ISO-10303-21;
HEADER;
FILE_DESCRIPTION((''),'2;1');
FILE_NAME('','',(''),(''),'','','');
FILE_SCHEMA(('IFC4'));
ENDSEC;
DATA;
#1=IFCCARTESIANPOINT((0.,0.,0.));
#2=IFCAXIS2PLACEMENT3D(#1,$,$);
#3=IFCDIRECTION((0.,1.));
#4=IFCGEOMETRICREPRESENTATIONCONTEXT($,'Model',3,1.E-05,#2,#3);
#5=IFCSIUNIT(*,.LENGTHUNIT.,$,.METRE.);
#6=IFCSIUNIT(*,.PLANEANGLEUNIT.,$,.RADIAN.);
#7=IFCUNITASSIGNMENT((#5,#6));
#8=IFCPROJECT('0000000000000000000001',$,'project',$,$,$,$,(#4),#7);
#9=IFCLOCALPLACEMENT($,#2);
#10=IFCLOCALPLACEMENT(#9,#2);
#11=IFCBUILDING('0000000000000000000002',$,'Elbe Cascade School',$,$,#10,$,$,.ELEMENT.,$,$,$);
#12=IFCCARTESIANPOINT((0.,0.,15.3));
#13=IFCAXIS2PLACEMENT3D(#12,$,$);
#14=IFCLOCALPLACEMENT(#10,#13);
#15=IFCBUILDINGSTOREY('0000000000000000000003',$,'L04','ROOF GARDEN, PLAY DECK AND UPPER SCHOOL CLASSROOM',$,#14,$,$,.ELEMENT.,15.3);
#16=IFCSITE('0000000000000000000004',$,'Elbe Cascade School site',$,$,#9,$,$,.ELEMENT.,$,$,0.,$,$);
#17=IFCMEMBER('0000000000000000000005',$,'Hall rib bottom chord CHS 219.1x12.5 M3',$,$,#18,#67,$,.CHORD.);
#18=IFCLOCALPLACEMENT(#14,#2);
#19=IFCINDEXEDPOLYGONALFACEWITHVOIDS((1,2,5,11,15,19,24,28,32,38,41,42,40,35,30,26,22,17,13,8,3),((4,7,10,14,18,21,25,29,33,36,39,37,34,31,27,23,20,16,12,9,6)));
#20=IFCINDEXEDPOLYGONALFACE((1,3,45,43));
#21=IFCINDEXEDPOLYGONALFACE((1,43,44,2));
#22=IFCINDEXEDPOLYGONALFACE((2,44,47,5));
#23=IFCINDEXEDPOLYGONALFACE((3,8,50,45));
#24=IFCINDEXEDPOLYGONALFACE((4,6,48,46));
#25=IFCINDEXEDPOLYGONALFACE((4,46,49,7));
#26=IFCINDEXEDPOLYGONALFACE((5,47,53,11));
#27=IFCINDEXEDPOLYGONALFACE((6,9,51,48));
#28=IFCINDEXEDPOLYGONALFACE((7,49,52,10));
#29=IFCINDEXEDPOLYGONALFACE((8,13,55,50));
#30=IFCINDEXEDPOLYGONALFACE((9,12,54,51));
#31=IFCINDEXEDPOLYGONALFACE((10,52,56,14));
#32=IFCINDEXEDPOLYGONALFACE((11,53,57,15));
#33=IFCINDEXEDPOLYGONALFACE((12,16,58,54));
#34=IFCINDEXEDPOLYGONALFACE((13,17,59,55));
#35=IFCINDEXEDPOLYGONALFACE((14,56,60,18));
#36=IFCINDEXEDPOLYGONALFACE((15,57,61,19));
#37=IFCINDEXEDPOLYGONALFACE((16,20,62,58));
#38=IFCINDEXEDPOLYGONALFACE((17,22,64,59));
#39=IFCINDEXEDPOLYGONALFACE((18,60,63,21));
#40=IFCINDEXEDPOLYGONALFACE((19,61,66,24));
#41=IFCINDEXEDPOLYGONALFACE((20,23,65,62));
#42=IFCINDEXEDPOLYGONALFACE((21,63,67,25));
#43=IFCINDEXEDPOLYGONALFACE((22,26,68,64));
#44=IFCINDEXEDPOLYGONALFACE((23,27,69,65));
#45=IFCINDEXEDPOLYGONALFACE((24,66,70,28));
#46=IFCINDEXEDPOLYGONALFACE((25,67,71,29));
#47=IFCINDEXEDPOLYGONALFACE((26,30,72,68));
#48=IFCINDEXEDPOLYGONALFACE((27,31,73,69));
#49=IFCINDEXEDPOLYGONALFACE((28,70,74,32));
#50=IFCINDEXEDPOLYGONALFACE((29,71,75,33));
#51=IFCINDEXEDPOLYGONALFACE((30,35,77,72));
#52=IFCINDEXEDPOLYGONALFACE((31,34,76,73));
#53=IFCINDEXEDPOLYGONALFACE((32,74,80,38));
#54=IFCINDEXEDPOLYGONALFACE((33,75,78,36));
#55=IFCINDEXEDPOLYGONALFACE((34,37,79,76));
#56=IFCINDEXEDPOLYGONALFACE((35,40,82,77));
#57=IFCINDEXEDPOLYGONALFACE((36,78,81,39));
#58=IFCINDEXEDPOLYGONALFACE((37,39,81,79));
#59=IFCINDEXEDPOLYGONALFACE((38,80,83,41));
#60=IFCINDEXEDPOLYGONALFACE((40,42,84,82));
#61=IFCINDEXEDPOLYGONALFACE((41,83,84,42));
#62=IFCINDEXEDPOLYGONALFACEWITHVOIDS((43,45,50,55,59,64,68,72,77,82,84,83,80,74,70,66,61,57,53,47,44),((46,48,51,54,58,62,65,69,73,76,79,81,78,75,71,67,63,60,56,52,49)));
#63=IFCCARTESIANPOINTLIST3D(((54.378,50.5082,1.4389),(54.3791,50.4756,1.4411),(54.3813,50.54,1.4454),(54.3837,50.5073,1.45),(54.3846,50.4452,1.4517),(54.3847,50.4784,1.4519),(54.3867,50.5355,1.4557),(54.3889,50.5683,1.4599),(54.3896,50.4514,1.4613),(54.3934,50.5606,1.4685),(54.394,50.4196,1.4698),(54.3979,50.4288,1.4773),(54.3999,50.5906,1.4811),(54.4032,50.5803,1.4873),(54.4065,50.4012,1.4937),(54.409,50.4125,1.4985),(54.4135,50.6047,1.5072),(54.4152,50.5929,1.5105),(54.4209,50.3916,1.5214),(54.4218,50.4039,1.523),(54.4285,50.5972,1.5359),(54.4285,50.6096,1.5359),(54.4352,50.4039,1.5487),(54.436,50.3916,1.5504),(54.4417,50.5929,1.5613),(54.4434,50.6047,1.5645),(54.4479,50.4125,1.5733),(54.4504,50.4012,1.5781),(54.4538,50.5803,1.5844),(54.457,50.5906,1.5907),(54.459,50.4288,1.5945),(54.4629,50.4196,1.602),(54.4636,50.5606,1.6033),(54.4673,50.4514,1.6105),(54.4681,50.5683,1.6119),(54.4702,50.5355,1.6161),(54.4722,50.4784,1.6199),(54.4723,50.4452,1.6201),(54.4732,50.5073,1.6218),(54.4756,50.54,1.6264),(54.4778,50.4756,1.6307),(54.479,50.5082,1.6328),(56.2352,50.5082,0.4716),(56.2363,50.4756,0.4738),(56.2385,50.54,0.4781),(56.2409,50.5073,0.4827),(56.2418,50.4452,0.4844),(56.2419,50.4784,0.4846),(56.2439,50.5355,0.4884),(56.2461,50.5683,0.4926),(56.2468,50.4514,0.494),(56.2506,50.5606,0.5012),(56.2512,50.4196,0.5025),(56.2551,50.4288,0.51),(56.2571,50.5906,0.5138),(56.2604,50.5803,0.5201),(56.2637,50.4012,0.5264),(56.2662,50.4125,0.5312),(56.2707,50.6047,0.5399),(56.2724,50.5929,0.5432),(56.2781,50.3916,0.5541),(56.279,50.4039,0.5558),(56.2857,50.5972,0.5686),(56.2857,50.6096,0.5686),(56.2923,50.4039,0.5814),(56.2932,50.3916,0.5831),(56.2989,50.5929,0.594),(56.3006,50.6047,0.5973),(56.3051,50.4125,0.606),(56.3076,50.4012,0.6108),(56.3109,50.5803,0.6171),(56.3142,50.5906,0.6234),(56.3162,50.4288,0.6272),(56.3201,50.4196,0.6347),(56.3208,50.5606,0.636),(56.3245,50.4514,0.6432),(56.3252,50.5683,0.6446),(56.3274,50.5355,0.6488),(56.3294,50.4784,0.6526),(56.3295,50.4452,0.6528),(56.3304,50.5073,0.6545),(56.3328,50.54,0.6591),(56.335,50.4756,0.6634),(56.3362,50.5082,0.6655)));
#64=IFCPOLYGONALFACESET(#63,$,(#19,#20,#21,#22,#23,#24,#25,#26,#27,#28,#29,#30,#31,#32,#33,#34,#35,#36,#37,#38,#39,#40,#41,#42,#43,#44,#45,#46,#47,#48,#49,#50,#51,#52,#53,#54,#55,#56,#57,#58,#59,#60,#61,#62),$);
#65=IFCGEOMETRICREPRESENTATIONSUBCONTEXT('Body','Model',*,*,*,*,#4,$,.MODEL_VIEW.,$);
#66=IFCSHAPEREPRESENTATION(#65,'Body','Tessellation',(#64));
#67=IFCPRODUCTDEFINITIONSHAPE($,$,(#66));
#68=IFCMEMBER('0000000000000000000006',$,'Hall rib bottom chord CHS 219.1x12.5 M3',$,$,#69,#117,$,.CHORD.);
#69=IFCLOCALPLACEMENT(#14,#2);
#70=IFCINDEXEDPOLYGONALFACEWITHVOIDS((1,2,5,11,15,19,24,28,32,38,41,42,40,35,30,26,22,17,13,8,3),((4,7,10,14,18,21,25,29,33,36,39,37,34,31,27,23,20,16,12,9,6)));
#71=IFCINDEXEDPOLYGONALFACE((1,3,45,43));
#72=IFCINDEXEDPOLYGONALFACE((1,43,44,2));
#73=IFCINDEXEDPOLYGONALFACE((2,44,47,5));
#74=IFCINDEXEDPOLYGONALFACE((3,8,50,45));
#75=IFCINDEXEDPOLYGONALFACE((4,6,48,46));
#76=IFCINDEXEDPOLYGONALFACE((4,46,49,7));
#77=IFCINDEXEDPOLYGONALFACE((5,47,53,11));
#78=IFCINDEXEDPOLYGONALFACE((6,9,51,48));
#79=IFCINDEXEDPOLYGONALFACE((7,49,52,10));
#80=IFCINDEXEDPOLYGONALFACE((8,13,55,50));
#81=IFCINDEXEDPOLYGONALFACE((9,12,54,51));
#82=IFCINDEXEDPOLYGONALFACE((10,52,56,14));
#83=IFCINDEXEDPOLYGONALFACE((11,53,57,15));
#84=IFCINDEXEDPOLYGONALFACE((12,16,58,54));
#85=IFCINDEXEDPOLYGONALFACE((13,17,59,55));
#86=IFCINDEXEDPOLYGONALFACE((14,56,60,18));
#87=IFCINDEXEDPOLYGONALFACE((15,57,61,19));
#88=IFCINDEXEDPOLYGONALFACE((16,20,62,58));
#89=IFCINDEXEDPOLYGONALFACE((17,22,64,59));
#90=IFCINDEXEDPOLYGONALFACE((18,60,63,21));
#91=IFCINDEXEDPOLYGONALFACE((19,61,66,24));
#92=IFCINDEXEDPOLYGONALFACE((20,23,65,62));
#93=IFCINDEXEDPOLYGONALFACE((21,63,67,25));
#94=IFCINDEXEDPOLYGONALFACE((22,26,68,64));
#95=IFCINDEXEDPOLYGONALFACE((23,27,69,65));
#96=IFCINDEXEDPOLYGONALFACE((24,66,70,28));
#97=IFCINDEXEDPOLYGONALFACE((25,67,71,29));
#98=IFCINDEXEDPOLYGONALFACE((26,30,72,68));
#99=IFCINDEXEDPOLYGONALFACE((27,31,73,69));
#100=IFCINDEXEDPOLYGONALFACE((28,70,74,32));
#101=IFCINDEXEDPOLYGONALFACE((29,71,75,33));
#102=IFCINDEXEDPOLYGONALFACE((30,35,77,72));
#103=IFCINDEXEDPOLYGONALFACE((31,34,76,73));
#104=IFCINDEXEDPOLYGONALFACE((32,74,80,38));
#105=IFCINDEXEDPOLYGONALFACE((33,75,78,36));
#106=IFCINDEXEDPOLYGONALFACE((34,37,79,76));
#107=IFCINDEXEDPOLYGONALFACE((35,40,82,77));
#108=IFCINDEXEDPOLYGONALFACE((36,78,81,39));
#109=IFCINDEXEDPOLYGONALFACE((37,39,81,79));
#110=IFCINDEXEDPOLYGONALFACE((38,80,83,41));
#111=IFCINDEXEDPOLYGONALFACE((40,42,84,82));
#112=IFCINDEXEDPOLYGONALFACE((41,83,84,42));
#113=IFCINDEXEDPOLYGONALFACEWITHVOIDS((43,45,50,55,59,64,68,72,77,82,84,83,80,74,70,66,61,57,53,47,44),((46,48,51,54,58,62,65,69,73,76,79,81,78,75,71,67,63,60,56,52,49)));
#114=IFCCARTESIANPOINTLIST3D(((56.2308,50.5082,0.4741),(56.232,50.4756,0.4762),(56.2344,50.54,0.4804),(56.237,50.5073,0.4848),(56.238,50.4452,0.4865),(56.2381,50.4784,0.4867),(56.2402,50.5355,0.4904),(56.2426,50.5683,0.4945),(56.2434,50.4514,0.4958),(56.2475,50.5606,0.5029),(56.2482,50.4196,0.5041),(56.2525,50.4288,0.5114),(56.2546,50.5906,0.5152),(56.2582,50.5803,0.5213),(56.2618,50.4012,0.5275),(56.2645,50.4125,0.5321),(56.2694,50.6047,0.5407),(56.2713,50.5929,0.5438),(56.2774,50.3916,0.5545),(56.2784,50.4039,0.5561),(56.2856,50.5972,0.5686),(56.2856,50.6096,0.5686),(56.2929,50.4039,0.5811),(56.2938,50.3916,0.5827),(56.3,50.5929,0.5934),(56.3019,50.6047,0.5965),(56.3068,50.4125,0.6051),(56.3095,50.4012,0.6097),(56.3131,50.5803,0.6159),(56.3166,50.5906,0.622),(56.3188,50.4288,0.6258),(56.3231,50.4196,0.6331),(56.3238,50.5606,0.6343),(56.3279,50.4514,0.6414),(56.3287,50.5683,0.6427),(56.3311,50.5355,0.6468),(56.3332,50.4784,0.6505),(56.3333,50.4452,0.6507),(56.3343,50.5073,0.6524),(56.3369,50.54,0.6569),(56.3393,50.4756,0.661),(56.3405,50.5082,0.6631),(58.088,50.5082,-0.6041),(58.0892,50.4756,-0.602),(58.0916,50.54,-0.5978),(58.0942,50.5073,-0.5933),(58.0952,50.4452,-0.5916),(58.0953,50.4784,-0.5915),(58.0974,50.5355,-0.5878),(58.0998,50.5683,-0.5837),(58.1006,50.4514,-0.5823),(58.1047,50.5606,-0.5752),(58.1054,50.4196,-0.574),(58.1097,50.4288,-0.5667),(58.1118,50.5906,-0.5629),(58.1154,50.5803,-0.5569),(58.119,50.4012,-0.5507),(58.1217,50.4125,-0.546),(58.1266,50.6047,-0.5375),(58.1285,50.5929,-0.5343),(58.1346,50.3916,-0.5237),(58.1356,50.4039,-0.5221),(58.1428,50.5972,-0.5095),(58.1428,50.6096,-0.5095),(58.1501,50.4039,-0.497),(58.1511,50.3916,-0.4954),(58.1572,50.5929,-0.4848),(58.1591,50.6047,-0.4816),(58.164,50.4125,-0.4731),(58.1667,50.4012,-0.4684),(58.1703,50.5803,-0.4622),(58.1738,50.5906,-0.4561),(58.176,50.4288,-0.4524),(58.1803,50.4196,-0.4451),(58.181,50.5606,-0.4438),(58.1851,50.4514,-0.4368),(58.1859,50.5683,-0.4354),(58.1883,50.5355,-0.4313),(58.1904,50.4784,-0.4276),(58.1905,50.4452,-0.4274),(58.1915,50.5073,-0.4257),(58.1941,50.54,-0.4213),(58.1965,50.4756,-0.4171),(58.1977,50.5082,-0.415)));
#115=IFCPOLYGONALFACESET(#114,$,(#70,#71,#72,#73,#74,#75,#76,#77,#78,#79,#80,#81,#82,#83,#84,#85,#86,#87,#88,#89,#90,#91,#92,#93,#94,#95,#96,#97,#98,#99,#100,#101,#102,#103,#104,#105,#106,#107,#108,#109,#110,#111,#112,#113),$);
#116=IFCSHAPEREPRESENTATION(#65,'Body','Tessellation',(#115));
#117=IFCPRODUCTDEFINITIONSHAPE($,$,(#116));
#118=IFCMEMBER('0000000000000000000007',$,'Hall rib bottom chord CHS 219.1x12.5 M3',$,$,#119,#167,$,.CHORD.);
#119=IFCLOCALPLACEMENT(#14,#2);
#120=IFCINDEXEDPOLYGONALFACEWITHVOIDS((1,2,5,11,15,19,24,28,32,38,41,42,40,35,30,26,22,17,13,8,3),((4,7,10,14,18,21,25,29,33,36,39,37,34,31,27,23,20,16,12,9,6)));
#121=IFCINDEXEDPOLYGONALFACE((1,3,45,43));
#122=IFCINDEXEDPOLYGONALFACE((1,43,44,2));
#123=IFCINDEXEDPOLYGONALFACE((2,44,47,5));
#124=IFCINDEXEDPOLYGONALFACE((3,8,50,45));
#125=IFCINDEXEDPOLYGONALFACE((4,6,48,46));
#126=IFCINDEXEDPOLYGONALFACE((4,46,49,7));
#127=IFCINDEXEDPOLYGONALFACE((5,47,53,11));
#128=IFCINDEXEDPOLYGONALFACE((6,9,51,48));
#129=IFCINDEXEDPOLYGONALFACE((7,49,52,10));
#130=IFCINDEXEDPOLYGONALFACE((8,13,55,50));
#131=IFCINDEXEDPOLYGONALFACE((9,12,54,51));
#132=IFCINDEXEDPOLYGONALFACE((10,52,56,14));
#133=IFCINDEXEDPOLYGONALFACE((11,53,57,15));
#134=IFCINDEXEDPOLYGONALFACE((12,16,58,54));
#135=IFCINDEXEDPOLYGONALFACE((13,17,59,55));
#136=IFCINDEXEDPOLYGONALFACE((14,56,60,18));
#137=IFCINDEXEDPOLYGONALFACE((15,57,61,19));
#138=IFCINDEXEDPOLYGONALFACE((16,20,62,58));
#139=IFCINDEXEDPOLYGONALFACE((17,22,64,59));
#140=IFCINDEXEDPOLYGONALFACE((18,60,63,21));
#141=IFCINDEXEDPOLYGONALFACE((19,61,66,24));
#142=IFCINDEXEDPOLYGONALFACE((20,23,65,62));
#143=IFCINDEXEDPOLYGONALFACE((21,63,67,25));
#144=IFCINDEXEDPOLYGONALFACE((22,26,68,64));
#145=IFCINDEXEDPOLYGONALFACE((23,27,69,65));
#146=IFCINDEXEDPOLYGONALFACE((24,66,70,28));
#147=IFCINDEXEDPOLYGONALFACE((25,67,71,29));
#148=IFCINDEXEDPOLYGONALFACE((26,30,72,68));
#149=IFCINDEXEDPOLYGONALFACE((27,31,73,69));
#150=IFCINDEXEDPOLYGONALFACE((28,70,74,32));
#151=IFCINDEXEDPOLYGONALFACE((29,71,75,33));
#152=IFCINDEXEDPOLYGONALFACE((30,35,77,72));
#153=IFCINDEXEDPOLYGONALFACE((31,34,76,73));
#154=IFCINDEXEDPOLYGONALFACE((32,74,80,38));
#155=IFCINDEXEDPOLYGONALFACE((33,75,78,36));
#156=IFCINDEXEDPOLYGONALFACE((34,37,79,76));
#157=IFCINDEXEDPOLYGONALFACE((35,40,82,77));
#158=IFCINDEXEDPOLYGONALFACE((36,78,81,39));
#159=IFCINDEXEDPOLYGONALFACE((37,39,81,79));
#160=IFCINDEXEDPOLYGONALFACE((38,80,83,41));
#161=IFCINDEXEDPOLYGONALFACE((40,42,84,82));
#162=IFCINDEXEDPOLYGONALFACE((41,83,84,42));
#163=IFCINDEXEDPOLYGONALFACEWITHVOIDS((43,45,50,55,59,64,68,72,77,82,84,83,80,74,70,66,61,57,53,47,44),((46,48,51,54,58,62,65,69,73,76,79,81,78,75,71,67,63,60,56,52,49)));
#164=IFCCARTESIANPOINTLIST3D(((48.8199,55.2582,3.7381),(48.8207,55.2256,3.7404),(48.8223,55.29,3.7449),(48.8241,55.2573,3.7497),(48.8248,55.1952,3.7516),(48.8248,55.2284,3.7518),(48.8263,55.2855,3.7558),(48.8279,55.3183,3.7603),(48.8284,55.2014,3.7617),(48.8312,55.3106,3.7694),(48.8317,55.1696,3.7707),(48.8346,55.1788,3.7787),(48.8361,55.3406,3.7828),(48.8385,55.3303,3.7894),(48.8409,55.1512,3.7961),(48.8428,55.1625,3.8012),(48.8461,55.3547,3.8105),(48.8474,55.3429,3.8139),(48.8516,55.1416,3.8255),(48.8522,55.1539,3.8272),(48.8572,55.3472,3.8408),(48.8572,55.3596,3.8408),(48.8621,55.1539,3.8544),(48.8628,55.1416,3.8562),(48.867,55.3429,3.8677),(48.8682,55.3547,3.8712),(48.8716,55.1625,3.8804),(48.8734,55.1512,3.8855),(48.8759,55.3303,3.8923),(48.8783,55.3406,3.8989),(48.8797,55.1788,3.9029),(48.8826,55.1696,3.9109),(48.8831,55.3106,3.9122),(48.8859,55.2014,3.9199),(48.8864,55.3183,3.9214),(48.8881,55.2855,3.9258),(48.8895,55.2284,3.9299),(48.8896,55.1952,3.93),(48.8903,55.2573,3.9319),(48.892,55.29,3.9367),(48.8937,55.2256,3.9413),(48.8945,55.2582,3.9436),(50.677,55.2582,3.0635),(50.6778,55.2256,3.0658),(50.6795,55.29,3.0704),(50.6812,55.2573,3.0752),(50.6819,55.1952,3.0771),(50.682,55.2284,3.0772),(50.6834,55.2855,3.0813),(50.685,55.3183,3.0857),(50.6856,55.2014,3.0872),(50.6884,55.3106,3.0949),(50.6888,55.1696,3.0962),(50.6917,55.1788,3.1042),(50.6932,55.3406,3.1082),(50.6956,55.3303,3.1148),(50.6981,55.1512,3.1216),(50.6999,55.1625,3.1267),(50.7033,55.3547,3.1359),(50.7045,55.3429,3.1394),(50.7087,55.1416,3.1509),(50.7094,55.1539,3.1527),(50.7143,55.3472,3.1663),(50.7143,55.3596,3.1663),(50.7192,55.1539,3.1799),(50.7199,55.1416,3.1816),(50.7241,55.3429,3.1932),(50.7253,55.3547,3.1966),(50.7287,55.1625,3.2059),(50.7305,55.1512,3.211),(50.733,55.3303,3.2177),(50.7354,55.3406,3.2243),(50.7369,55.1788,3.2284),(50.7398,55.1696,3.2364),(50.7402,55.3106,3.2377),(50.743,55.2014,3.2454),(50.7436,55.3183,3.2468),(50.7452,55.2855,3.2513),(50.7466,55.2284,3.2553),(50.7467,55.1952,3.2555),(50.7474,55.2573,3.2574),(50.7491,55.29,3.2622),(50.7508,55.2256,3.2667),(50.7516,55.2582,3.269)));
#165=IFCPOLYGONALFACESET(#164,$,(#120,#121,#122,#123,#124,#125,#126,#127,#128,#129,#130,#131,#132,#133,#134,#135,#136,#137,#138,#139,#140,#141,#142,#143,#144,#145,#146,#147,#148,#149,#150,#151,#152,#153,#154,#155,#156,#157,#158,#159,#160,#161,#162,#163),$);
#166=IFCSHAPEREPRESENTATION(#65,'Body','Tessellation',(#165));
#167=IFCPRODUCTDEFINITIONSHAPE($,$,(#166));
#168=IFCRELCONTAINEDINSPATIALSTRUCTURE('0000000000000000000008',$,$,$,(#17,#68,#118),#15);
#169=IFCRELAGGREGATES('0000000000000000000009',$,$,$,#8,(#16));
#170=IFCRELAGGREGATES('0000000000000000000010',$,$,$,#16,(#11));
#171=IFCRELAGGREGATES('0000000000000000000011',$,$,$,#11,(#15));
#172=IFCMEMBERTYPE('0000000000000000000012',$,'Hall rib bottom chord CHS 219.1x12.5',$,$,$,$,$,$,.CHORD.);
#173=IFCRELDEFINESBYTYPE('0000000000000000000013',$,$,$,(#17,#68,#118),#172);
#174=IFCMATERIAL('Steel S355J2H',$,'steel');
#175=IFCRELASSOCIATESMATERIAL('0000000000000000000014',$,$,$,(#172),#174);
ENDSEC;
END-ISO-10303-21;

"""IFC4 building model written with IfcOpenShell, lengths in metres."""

from ifc_helpers import new_model, si_unit, direction, frame, origin, origin_2d, place, context, subcontext, project, spatial, hollow_circle, extrude, material, material_profile, profile_set, type_object, element, save


model = new_model("IFC4")

# Units and contexts
model_context = context("Model", 3, precision=1e-05, world=origin(), true_north=direction((0.0, 1.0)))
body_context = subcontext(model_context, "Body", "Model", "MODEL_VIEW")
ifc_project = project(units=[si_unit("LENGTHUNIT", "METRE"), si_unit("PLANEANGLEUNIT", "RADIAN")], contexts=[model_context])

# Site, building, storey
site_placement = place(None, origin())
site = spatial("IfcSite", under=ifc_project, at=site_placement, Name="Elbe Cascade School site", CompositionType="ELEMENT", RefElevation=0.0)
building_placement = place(site_placement, origin())
building = spatial("IfcBuilding", under=site, at=building_placement, Name="Elbe Cascade School", CompositionType="ELEMENT")
storey_placement = place(building_placement, frame((0.0, 0.0, 15.3)))
storey = spatial("IfcBuildingStorey", under=building, at=storey_placement, Name="L04", Description="ROOF GARDEN, PLAY DECK AND UPPER SCHOOL CLASSROOM", CompositionType="ELEMENT", Elevation=15.3)

# Members
ifc_material_1 = material(Name="Steel S355J2H", Category="steel")
ifc_material_profile_1 = material_profile(ifc_material_1, hollow_circle(Radius=0.1096, WallThickness=0.0125, at=origin_2d()), Name="CHS 219.1x12.5")
ifc_profile_set_1 = profile_set([ifc_material_profile_1], Name="Steel S355J2H")
member_type_1 = type_object("IfcMemberType", Name="Hall rib bottom chord CHS 219.1x12.5", PredefinedType="CHORD", material=ifc_profile_set_1)
member_1_placement = place(storey_placement, frame((54.4285, 50.5, 1.5359), z_axis=(0.886913, 0.0, -0.461936), x_axis=(0.0, 1.0, 0.0)))
element("IfcMember", 1, at=member_1_placement, inside=storey, type_object=member_type_1, Name="Hall rib bottom chord CHS 219.1x12.5 M3", PredefinedType="CHORD", context=body_context, shape_type="SweptSolid", body=[
    extrude(hollow_circle(Radius=0.1096, WallThickness=0.0125, at=origin_2d()), origin(), (0.0, 0.0, 1.0), 2.094),
])
member_2_placement = place(storey_placement, frame((56.2856, 50.5, 0.5686), z_axis=(0.864837, 0.0, -0.502053), x_axis=(0.0, 1.0, 0.0)))
element("IfcMember", 2, at=member_2_placement, inside=storey, type_object=member_type_1, Name="Hall rib bottom chord CHS 219.1x12.5 M3", PredefinedType="CHORD", context=body_context, shape_type="SweptSolid", body=[
    extrude(hollow_circle(Radius=0.1096, WallThickness=0.0125, at=origin_2d()), origin(), (0.0, 0.0, 1.0), 2.1475),
])
member_3_placement = place(storey_placement, frame((48.8572, 55.25, 3.8408), z_axis=(0.93992, 0.0, -0.341396), x_axis=(0.0, 1.0, 0.0)))
element("IfcMember", 3, at=member_3_placement, inside=storey, type_object=member_type_1, Name="Hall rib bottom chord CHS 219.1x12.5 M3", PredefinedType="CHORD", context=body_context, shape_type="SweptSolid", body=[
    extrude(hollow_circle(Radius=0.1096, WallThickness=0.0125, at=origin_2d()), origin(), (0.0, 0.0, 1.0), 1.9758),
])

save(model, "model.ifc")
